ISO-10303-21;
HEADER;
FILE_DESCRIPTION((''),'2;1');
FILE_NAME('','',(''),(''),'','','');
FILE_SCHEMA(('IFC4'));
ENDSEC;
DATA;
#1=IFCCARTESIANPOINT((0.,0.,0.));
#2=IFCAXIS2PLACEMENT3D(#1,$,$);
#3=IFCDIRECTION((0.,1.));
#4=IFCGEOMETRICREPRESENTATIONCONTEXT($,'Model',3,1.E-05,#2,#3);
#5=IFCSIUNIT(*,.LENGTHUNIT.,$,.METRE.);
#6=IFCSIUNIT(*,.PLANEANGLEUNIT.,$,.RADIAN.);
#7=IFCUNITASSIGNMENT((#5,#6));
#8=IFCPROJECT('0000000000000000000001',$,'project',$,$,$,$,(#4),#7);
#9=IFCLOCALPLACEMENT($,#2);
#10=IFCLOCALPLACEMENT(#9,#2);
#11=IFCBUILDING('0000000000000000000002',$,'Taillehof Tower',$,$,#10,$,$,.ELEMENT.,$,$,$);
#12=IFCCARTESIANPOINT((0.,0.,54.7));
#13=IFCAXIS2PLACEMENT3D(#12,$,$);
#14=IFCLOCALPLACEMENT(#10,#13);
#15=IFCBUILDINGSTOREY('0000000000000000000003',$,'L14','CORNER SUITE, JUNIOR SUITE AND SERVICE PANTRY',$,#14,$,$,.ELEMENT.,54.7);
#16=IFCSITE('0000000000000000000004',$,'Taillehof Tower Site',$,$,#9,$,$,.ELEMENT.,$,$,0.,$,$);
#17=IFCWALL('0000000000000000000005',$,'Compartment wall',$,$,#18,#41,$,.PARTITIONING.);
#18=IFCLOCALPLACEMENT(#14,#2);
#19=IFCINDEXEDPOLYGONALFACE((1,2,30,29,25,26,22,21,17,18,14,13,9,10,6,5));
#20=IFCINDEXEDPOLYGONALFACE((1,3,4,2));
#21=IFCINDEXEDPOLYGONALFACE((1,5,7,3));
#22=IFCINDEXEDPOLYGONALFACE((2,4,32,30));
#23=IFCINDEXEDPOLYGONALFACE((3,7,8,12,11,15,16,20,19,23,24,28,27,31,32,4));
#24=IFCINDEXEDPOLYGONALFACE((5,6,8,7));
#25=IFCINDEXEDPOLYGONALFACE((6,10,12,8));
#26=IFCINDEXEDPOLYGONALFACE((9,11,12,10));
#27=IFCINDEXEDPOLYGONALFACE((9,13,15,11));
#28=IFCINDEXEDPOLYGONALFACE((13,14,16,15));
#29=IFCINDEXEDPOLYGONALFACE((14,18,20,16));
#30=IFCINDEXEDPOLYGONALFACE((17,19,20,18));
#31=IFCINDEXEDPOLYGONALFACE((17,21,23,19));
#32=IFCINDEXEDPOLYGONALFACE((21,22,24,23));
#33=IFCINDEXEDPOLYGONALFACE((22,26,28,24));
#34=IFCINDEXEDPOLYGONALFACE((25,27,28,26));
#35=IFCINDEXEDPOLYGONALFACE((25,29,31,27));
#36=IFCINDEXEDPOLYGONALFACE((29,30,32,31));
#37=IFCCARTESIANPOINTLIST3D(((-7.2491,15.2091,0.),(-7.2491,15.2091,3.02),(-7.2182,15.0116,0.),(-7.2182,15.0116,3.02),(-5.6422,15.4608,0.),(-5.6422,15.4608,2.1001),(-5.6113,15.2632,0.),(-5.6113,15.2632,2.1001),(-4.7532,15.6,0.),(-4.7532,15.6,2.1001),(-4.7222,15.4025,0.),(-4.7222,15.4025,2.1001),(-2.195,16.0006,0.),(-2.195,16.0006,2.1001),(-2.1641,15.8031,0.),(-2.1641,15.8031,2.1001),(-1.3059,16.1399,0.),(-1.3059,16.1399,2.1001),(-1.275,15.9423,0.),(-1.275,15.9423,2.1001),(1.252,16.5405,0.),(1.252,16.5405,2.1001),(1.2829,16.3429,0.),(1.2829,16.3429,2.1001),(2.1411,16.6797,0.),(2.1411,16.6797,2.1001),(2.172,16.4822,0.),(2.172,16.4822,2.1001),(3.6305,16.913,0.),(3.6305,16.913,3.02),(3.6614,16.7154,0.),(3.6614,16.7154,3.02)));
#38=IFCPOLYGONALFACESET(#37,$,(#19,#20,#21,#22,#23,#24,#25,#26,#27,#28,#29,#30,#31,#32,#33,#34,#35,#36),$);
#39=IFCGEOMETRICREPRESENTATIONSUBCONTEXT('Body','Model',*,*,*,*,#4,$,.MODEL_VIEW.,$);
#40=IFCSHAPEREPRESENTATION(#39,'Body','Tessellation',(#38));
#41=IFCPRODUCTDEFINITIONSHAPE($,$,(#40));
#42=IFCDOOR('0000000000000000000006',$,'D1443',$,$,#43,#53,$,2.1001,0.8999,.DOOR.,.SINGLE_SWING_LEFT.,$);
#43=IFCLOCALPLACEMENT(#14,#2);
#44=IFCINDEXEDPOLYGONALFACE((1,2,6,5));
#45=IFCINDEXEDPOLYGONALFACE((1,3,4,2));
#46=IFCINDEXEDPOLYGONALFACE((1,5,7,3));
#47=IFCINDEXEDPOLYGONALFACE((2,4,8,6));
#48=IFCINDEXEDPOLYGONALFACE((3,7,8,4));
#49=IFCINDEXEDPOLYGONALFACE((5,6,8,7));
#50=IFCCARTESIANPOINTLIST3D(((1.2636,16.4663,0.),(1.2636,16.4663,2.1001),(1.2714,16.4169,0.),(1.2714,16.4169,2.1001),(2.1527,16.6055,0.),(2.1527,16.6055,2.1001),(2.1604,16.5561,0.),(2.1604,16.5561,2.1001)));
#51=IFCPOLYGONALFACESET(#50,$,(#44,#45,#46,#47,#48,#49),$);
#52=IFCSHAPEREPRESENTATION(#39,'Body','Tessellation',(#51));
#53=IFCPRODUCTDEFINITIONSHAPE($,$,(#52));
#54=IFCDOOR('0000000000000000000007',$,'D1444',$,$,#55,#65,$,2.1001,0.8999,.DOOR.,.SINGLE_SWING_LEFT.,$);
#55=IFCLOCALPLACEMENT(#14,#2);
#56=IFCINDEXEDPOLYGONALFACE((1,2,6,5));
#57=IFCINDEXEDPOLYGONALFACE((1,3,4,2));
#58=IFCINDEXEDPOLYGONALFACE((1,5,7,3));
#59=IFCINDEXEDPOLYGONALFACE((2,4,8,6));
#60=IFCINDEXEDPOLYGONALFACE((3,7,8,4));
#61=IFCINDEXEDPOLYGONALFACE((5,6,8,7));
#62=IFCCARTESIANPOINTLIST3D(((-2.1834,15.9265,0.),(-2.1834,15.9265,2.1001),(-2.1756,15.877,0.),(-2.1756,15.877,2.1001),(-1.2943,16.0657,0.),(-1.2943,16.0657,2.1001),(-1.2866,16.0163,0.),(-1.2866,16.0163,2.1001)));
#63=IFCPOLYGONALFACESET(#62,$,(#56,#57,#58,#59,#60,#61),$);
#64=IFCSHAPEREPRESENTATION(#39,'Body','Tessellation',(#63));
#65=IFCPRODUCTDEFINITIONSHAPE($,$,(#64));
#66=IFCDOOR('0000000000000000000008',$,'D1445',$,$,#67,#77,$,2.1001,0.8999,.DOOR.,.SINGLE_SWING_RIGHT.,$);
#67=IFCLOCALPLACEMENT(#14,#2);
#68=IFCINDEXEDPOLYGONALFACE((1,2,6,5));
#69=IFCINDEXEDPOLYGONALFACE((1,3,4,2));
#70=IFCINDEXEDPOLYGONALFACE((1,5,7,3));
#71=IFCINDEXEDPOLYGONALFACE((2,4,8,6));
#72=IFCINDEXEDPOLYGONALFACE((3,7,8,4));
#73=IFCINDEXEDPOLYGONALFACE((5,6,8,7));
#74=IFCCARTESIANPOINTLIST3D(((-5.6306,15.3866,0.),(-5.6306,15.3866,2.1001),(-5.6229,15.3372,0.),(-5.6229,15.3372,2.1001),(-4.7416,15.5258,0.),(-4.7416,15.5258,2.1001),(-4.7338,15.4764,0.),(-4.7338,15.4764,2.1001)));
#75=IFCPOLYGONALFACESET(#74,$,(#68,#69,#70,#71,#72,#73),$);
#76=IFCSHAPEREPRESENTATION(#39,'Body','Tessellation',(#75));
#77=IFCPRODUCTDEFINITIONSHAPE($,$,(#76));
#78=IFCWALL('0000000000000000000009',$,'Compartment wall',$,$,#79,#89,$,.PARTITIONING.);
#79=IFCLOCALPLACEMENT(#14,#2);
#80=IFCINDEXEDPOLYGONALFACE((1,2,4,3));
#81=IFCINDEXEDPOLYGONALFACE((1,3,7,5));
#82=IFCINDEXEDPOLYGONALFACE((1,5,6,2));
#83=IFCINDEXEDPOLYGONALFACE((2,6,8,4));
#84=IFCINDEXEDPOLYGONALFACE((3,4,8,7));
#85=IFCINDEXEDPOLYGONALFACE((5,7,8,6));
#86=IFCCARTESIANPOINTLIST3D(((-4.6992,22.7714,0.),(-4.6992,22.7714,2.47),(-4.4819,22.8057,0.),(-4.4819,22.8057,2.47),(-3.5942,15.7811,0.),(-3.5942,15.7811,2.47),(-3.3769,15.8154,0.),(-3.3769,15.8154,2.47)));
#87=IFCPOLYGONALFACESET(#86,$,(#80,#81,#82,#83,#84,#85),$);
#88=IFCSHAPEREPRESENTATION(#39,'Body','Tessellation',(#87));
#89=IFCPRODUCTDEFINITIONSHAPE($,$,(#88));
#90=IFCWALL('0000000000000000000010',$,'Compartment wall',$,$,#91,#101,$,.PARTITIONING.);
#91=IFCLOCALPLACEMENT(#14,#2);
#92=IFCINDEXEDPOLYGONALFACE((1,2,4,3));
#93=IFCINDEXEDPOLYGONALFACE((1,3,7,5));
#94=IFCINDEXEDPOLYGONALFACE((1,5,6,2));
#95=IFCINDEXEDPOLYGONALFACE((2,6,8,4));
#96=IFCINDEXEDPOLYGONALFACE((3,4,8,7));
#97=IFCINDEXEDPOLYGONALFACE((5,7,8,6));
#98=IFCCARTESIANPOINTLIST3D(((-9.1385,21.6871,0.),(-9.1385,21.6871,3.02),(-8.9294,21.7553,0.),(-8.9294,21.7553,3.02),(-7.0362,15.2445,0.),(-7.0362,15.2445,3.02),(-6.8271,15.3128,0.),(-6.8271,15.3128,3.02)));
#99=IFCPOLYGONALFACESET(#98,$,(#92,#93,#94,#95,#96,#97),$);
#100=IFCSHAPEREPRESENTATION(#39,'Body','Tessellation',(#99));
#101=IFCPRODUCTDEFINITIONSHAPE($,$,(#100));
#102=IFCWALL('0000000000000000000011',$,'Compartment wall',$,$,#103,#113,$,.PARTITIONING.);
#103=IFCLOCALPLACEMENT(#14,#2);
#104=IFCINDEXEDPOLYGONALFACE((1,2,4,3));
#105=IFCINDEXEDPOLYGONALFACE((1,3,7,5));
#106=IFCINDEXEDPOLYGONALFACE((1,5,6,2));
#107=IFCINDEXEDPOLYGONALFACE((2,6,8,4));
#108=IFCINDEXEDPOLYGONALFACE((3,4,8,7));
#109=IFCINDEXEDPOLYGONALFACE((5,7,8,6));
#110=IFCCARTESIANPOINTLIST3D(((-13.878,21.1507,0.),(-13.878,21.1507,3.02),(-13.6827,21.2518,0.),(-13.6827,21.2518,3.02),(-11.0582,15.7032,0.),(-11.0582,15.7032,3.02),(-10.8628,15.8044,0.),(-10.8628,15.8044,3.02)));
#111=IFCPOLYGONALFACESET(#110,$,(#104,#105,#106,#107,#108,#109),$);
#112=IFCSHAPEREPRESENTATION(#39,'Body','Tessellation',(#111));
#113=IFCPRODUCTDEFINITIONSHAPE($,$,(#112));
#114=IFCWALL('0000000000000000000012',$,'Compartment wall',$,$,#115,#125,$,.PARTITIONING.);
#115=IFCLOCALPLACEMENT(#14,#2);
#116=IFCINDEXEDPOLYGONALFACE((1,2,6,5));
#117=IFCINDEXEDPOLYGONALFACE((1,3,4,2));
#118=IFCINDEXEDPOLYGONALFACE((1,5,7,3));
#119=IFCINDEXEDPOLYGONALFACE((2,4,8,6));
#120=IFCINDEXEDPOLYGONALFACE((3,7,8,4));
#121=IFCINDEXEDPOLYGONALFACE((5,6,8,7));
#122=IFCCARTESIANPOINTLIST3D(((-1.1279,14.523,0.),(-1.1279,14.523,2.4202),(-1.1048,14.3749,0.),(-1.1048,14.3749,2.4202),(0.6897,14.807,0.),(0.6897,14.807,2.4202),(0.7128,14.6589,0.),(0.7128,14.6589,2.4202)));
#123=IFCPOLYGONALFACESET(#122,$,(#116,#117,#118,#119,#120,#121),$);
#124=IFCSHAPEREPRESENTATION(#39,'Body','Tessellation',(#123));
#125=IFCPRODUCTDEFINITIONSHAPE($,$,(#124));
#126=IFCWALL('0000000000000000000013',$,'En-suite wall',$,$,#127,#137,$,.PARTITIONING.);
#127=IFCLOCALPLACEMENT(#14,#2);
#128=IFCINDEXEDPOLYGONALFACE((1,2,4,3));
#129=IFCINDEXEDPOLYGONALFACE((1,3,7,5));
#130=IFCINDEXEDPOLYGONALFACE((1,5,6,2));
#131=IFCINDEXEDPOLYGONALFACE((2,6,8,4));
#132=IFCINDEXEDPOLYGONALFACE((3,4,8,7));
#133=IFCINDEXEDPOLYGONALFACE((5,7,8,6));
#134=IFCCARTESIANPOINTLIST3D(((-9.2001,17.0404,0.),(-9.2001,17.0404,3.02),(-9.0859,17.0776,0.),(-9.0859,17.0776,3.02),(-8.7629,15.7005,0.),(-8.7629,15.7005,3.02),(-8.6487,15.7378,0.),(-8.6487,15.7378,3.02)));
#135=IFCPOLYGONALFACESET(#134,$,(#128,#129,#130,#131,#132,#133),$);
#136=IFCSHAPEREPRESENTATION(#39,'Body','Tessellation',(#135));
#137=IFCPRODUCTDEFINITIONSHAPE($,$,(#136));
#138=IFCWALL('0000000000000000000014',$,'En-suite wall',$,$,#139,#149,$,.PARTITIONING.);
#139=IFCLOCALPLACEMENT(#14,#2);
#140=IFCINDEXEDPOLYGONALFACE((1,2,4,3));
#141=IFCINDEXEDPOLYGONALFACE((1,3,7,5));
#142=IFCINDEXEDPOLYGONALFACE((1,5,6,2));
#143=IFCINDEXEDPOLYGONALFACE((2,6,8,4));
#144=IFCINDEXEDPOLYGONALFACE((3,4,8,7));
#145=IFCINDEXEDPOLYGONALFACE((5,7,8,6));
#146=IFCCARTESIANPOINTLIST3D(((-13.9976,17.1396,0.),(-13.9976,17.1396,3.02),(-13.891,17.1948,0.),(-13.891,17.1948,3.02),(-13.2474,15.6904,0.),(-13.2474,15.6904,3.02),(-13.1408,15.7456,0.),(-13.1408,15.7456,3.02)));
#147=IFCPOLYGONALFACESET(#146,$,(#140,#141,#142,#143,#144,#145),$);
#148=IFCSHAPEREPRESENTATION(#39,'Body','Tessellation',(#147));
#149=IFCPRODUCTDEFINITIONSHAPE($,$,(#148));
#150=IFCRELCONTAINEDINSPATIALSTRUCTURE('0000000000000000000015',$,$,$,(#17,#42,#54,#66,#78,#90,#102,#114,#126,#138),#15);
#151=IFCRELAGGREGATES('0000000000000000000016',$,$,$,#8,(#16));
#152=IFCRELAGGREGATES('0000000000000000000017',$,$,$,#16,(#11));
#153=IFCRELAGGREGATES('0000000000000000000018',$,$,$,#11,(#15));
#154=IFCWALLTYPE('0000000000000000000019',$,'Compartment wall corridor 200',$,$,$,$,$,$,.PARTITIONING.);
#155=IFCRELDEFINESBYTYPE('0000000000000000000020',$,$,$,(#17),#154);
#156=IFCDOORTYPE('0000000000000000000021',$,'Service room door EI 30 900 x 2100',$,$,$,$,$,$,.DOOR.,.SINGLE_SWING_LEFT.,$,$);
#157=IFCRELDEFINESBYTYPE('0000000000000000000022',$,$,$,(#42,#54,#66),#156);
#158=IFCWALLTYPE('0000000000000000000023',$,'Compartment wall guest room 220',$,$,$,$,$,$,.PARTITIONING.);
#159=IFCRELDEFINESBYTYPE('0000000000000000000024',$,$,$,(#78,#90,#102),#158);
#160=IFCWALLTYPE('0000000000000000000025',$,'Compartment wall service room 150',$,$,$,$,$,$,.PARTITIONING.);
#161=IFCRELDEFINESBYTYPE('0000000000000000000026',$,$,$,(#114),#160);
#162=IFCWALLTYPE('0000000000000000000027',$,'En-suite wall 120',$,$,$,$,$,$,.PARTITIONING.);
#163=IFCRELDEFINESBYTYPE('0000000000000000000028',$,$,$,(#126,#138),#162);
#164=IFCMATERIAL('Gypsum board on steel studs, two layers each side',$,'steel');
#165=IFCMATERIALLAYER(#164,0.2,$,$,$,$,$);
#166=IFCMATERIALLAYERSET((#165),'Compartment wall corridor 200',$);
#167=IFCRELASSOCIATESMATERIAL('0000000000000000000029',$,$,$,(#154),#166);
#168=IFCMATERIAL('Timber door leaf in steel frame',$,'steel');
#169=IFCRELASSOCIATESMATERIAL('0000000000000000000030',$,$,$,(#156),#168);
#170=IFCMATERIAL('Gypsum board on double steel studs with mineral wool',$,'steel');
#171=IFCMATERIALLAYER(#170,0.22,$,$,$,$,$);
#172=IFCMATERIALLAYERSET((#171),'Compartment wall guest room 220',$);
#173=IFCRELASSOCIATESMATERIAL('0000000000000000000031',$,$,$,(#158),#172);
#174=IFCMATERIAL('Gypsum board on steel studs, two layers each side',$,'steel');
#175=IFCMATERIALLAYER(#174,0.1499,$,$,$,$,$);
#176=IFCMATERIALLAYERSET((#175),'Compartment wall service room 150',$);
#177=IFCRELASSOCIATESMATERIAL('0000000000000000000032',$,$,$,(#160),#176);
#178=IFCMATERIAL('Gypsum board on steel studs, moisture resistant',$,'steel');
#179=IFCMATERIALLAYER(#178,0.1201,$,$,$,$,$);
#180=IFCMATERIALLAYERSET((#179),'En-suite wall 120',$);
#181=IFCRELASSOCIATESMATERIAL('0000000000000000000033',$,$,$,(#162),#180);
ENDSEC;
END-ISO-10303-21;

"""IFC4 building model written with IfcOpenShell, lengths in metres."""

from ifc_helpers import new_model, si_unit, direction, frame, frame_2d, origin, place, context, subcontext, project, spatial, rectangle, extrude, material, layer, layer_set, type_object, element, fill, save


model = new_model("IFC4")

# Units and contexts
model_context = context("Model", 3, precision=1e-05, world=origin(), true_north=direction((0.0, 1.0)))
body_context = subcontext(model_context, "Body", "Model", "MODEL_VIEW")
ifc_project = project(units=[si_unit("LENGTHUNIT", "METRE"), si_unit("PLANEANGLEUNIT", "RADIAN")], contexts=[model_context])

# Site, building, storey
site_placement = place(None, origin())
site = spatial("IfcSite", under=ifc_project, at=site_placement, Name="Taillehof Tower Site", CompositionType="ELEMENT", RefElevation=0.0)
building_placement = place(site_placement, origin())
building = spatial("IfcBuilding", under=site, at=building_placement, Name="Taillehof Tower", CompositionType="ELEMENT")
storey_placement = place(building_placement, frame((0.0, 0.0, 54.7)))
storey = spatial("IfcBuildingStorey", under=building, at=storey_placement, Name="L14", Description="CORNER SUITE, JUNIOR SUITE AND SERVICE PANTRY", CompositionType="ELEMENT", Elevation=54.7)

# Shared definitions
ifc_material_1 = material(Name="Gypsum board on steel studs, two layers each side", Category="steel")
ifc_layer_1 = layer(ifc_material_1, 0.2)
ifc_layer_set_1 = layer_set([ifc_layer_1], Name="Compartment wall corridor 200")
wall_type_1 = type_object("IfcWallType", Name="Compartment wall corridor 200", PredefinedType="PARTITIONING", material=ifc_layer_set_1)

# Wall, openings, doors
wall_1_placement = place(storey_placement, frame((-7.2336, 15.1104, 0.0), z_axis=(0.0, 0.0, 1.0), x_axis=(0.987958, 0.154724, 0.0)))
wall_1 = element("IfcWall", 1, at=wall_1_placement, inside=storey, type_object=wall_type_1, Name="Compartment wall", PredefinedType="PARTITIONING", context=body_context, shape_type="SweptSolid", body=[
    extrude(rectangle(XDim=11.0122, YDim=0.2, at=frame_2d((5.5061, 0.0))), origin(), (0.0, 0.0, 1.0), 3.02),
])
opening_1_placement = place(wall_1_placement, frame((8.6047, 0.0, 0.0)))
opening_1 = element("IfcOpeningElement", 2, at=opening_1_placement, cuts=wall_1, PredefinedType="OPENING", context=body_context, shape_type="SweptSolid", body=[
    extrude(rectangle(XDim=0.8999, YDim=2.1001, at=frame_2d((0.45, 1.05))), frame((0.0, 0.1099, 0.0), z_axis=(0.0, -1.0, 0.0), x_axis=(1.0, 0.0, 0.0)), (0.0, 0.0, 1.0), 0.22),
])
opening_2_placement = place(wall_1_placement, frame((5.1157, 0.0, 0.0)))
opening_2 = element("IfcOpeningElement", 3, at=opening_2_placement, cuts=wall_1, PredefinedType="OPENING", context=body_context, shape_type="SweptSolid", body=[
    extrude(rectangle(XDim=0.8999, YDim=2.1001, at=frame_2d((0.45, 1.05))), frame((0.0, 0.1099, 0.0), z_axis=(0.0, -1.0, 0.0), x_axis=(1.0, 0.0, 0.0)), (0.0, 0.0, 1.0), 0.22),
])
opening_3_placement = place(wall_1_placement, frame((1.6265, 0.0, 0.0)))
opening_3 = element("IfcOpeningElement", 4, at=opening_3_placement, cuts=wall_1, PredefinedType="OPENING", context=body_context, shape_type="SweptSolid", body=[
    extrude(rectangle(XDim=0.8999, YDim=2.1001, at=frame_2d((0.45, 1.05))), frame((0.0, 0.1099, 0.0), z_axis=(0.0, -1.0, 0.0), x_axis=(1.0, 0.0, 0.0)), (0.0, 0.0, 1.0), 0.22),
])
ifc_material_2 = material(Name="Timber door leaf in steel frame", Category="steel")
door_type_1 = type_object("IfcDoorType", Name="Service room door EI 30 900 x 2100", OperationType="SINGLE_SWING_LEFT", PredefinedType="DOOR", material=ifc_material_2)
door_1_placement = place(opening_1_placement, origin())
door_1 = element("IfcDoor", 5, at=door_1_placement, inside=storey, type_object=door_type_1, Name="D1443", OperationType="SINGLE_SWING_LEFT", OverallHeight=2.1001, OverallWidth=0.8999, PredefinedType="DOOR", context=body_context, shape_type="SweptSolid", body=[
    extrude(rectangle(XDim=0.8999, YDim=2.1001, at=frame_2d((0.45, 1.05))), frame((0.0, 0.0249, 0.0), z_axis=(0.0, -1.0, 0.0), x_axis=(1.0, 0.0, 0.0)), (0.0, 0.0, 1.0), 0.05),
])
fill(opening_1, door_1)
door_2_placement = place(opening_2_placement, origin())
door_2 = element("IfcDoor", 6, at=door_2_placement, inside=storey, type_object=door_type_1, Name="D1444", OperationType="SINGLE_SWING_LEFT", OverallHeight=2.1001, OverallWidth=0.8999, PredefinedType="DOOR", context=body_context, shape_type="SweptSolid", body=[
    extrude(rectangle(XDim=0.8999, YDim=2.1001, at=frame_2d((0.45, 1.05))), frame((0.0, 0.0249, 0.0), z_axis=(0.0, -1.0, 0.0), x_axis=(1.0, 0.0, 0.0)), (0.0, 0.0, 1.0), 0.05),
])
fill(opening_2, door_2)
door_3_placement = place(opening_3_placement, origin())
door_3 = element("IfcDoor", 7, at=door_3_placement, inside=storey, type_object=door_type_1, Name="D1445", OperationType="SINGLE_SWING_RIGHT", OverallHeight=2.1001, OverallWidth=0.8999, PredefinedType="DOOR", context=body_context, shape_type="SweptSolid", body=[
    extrude(rectangle(XDim=0.8999, YDim=2.1001, at=frame_2d((0.45, 1.05))), frame((0.0, 0.0249, 0.0), z_axis=(0.0, -1.0, 0.0), x_axis=(1.0, 0.0, 0.0)), (0.0, 0.0, 1.0), 0.05),
])
fill(opening_3, door_3)

# Walls
ifc_material_3 = material(Name="Gypsum board on double steel studs with mineral wool", Category="steel")
ifc_layer_2 = layer(ifc_material_3, 0.22)
ifc_layer_set_2 = layer_set([ifc_layer_2], Name="Compartment wall guest room 220")
wall_type_2 = type_object("IfcWallType", Name="Compartment wall guest room 220", PredefinedType="PARTITIONING", material=ifc_layer_set_2)
wall_2_placement = place(storey_placement, frame((-4.5906, 22.7886, 0.0), z_axis=(0.0, 0.0, 1.0), x_axis=(0.156136, -0.987736, 0.0)))
element("IfcWall", 8, at=wall_2_placement, inside=storey, type_object=wall_type_2, Name="Compartment wall", PredefinedType="PARTITIONING", context=body_context, shape_type="SweptSolid", body=[
    extrude(rectangle(XDim=7.0771, YDim=0.22, at=frame_2d((3.5386, 0.0))), origin(), (0.0, 0.0, 1.0), 2.47),
])
wall_3_placement = place(storey_placement, frame((-9.0339, 21.7212, 0.0), z_axis=(0.0, 0.0, 1.0), x_axis=(0.310212, -0.950667, 0.0)))
element("IfcWall", 9, at=wall_3_placement, inside=storey, type_object=wall_type_2, Name="Compartment wall", PredefinedType="PARTITIONING", context=body_context, shape_type="SweptSolid", body=[
    extrude(rectangle(XDim=6.7769, YDim=0.22, at=frame_2d((3.3884, 0.0))), origin(), (0.0, 0.0, 1.0), 3.02),
])
wall_4_placement = place(storey_placement, frame((-13.7803, 21.2012, 0.0), z_axis=(0.0, 0.0, 1.0), x_axis=(0.459699, -0.888075, 0.0)))
element("IfcWall", 10, at=wall_4_placement, inside=storey, type_object=wall_type_2, Name="Compartment wall", PredefinedType="PARTITIONING", context=body_context, shape_type="SweptSolid", body=[
    extrude(rectangle(XDim=6.134, YDim=0.22, at=frame_2d((3.0669, 0.0))), origin(), (0.0, 0.0, 1.0), 3.02),
])
ifc_material_4 = material(Name="Gypsum board on steel studs, two layers each side", Category="steel")
ifc_layer_3 = layer(ifc_material_4, 0.1499)
ifc_layer_set_3 = layer_set([ifc_layer_3], Name="Compartment wall service room 150")
wall_type_3 = type_object("IfcWallType", Name="Compartment wall service room 150", PredefinedType="PARTITIONING", material=ifc_layer_set_3)
wall_5_placement = place(storey_placement, frame((-1.1165, 14.449, 0.0), z_axis=(0.0, 0.0, 1.0), x_axis=(0.988018, 0.15434, 0.0)))
element("IfcWall", 11, at=wall_5_placement, inside=storey, type_object=wall_type_3, Name="Compartment wall", PredefinedType="PARTITIONING", context=body_context, shape_type="SweptSolid", body=[
    extrude(rectangle(XDim=1.8396, YDim=0.1499, at=frame_2d((0.9199, 0.0))), origin(), (0.0, 0.0, 1.0), 2.4202),
])
ifc_material_5 = material(Name="Gypsum board on steel studs, moisture resistant", Category="steel")
ifc_layer_4 = layer(ifc_material_5, 0.1201)
ifc_layer_set_4 = layer_set([ifc_layer_4], Name="En-suite wall 120")
wall_type_4 = type_object("IfcWallType", Name="En-suite wall 120", PredefinedType="PARTITIONING", material=ifc_layer_set_4)
wall_6_placement = place(storey_placement, frame((-8.7058, 15.7192, 0.0), z_axis=(0.0, 0.0, 1.0), x_axis=(-0.310245, 0.950657, 0.0)))
element("IfcWall", 12, at=wall_6_placement, inside=storey, type_object=wall_type_4, Name="En-suite wall", PredefinedType="PARTITIONING", context=body_context, shape_type="SweptSolid", body=[
    extrude(rectangle(XDim=1.4094, YDim=0.1201, at=frame_2d((0.7046, 0.0))), origin(), (0.0, 0.0, 1.0), 3.02),
])
wall_7_placement = place(storey_placement, frame((-13.1941, 15.718, 0.0), z_axis=(0.0, 0.0, 1.0), x_axis=(-0.459736, 0.888055, 0.0)))
element("IfcWall", 13, at=wall_7_placement, inside=storey, type_object=wall_type_4, Name="En-suite wall", PredefinedType="PARTITIONING", context=body_context, shape_type="SweptSolid", body=[
    extrude(rectangle(XDim=1.6318, YDim=0.1201, at=frame_2d((0.8159, 0.0))), origin(), (0.0, 0.0, 1.0), 3.02),
])

save(model, "model.ifc")
